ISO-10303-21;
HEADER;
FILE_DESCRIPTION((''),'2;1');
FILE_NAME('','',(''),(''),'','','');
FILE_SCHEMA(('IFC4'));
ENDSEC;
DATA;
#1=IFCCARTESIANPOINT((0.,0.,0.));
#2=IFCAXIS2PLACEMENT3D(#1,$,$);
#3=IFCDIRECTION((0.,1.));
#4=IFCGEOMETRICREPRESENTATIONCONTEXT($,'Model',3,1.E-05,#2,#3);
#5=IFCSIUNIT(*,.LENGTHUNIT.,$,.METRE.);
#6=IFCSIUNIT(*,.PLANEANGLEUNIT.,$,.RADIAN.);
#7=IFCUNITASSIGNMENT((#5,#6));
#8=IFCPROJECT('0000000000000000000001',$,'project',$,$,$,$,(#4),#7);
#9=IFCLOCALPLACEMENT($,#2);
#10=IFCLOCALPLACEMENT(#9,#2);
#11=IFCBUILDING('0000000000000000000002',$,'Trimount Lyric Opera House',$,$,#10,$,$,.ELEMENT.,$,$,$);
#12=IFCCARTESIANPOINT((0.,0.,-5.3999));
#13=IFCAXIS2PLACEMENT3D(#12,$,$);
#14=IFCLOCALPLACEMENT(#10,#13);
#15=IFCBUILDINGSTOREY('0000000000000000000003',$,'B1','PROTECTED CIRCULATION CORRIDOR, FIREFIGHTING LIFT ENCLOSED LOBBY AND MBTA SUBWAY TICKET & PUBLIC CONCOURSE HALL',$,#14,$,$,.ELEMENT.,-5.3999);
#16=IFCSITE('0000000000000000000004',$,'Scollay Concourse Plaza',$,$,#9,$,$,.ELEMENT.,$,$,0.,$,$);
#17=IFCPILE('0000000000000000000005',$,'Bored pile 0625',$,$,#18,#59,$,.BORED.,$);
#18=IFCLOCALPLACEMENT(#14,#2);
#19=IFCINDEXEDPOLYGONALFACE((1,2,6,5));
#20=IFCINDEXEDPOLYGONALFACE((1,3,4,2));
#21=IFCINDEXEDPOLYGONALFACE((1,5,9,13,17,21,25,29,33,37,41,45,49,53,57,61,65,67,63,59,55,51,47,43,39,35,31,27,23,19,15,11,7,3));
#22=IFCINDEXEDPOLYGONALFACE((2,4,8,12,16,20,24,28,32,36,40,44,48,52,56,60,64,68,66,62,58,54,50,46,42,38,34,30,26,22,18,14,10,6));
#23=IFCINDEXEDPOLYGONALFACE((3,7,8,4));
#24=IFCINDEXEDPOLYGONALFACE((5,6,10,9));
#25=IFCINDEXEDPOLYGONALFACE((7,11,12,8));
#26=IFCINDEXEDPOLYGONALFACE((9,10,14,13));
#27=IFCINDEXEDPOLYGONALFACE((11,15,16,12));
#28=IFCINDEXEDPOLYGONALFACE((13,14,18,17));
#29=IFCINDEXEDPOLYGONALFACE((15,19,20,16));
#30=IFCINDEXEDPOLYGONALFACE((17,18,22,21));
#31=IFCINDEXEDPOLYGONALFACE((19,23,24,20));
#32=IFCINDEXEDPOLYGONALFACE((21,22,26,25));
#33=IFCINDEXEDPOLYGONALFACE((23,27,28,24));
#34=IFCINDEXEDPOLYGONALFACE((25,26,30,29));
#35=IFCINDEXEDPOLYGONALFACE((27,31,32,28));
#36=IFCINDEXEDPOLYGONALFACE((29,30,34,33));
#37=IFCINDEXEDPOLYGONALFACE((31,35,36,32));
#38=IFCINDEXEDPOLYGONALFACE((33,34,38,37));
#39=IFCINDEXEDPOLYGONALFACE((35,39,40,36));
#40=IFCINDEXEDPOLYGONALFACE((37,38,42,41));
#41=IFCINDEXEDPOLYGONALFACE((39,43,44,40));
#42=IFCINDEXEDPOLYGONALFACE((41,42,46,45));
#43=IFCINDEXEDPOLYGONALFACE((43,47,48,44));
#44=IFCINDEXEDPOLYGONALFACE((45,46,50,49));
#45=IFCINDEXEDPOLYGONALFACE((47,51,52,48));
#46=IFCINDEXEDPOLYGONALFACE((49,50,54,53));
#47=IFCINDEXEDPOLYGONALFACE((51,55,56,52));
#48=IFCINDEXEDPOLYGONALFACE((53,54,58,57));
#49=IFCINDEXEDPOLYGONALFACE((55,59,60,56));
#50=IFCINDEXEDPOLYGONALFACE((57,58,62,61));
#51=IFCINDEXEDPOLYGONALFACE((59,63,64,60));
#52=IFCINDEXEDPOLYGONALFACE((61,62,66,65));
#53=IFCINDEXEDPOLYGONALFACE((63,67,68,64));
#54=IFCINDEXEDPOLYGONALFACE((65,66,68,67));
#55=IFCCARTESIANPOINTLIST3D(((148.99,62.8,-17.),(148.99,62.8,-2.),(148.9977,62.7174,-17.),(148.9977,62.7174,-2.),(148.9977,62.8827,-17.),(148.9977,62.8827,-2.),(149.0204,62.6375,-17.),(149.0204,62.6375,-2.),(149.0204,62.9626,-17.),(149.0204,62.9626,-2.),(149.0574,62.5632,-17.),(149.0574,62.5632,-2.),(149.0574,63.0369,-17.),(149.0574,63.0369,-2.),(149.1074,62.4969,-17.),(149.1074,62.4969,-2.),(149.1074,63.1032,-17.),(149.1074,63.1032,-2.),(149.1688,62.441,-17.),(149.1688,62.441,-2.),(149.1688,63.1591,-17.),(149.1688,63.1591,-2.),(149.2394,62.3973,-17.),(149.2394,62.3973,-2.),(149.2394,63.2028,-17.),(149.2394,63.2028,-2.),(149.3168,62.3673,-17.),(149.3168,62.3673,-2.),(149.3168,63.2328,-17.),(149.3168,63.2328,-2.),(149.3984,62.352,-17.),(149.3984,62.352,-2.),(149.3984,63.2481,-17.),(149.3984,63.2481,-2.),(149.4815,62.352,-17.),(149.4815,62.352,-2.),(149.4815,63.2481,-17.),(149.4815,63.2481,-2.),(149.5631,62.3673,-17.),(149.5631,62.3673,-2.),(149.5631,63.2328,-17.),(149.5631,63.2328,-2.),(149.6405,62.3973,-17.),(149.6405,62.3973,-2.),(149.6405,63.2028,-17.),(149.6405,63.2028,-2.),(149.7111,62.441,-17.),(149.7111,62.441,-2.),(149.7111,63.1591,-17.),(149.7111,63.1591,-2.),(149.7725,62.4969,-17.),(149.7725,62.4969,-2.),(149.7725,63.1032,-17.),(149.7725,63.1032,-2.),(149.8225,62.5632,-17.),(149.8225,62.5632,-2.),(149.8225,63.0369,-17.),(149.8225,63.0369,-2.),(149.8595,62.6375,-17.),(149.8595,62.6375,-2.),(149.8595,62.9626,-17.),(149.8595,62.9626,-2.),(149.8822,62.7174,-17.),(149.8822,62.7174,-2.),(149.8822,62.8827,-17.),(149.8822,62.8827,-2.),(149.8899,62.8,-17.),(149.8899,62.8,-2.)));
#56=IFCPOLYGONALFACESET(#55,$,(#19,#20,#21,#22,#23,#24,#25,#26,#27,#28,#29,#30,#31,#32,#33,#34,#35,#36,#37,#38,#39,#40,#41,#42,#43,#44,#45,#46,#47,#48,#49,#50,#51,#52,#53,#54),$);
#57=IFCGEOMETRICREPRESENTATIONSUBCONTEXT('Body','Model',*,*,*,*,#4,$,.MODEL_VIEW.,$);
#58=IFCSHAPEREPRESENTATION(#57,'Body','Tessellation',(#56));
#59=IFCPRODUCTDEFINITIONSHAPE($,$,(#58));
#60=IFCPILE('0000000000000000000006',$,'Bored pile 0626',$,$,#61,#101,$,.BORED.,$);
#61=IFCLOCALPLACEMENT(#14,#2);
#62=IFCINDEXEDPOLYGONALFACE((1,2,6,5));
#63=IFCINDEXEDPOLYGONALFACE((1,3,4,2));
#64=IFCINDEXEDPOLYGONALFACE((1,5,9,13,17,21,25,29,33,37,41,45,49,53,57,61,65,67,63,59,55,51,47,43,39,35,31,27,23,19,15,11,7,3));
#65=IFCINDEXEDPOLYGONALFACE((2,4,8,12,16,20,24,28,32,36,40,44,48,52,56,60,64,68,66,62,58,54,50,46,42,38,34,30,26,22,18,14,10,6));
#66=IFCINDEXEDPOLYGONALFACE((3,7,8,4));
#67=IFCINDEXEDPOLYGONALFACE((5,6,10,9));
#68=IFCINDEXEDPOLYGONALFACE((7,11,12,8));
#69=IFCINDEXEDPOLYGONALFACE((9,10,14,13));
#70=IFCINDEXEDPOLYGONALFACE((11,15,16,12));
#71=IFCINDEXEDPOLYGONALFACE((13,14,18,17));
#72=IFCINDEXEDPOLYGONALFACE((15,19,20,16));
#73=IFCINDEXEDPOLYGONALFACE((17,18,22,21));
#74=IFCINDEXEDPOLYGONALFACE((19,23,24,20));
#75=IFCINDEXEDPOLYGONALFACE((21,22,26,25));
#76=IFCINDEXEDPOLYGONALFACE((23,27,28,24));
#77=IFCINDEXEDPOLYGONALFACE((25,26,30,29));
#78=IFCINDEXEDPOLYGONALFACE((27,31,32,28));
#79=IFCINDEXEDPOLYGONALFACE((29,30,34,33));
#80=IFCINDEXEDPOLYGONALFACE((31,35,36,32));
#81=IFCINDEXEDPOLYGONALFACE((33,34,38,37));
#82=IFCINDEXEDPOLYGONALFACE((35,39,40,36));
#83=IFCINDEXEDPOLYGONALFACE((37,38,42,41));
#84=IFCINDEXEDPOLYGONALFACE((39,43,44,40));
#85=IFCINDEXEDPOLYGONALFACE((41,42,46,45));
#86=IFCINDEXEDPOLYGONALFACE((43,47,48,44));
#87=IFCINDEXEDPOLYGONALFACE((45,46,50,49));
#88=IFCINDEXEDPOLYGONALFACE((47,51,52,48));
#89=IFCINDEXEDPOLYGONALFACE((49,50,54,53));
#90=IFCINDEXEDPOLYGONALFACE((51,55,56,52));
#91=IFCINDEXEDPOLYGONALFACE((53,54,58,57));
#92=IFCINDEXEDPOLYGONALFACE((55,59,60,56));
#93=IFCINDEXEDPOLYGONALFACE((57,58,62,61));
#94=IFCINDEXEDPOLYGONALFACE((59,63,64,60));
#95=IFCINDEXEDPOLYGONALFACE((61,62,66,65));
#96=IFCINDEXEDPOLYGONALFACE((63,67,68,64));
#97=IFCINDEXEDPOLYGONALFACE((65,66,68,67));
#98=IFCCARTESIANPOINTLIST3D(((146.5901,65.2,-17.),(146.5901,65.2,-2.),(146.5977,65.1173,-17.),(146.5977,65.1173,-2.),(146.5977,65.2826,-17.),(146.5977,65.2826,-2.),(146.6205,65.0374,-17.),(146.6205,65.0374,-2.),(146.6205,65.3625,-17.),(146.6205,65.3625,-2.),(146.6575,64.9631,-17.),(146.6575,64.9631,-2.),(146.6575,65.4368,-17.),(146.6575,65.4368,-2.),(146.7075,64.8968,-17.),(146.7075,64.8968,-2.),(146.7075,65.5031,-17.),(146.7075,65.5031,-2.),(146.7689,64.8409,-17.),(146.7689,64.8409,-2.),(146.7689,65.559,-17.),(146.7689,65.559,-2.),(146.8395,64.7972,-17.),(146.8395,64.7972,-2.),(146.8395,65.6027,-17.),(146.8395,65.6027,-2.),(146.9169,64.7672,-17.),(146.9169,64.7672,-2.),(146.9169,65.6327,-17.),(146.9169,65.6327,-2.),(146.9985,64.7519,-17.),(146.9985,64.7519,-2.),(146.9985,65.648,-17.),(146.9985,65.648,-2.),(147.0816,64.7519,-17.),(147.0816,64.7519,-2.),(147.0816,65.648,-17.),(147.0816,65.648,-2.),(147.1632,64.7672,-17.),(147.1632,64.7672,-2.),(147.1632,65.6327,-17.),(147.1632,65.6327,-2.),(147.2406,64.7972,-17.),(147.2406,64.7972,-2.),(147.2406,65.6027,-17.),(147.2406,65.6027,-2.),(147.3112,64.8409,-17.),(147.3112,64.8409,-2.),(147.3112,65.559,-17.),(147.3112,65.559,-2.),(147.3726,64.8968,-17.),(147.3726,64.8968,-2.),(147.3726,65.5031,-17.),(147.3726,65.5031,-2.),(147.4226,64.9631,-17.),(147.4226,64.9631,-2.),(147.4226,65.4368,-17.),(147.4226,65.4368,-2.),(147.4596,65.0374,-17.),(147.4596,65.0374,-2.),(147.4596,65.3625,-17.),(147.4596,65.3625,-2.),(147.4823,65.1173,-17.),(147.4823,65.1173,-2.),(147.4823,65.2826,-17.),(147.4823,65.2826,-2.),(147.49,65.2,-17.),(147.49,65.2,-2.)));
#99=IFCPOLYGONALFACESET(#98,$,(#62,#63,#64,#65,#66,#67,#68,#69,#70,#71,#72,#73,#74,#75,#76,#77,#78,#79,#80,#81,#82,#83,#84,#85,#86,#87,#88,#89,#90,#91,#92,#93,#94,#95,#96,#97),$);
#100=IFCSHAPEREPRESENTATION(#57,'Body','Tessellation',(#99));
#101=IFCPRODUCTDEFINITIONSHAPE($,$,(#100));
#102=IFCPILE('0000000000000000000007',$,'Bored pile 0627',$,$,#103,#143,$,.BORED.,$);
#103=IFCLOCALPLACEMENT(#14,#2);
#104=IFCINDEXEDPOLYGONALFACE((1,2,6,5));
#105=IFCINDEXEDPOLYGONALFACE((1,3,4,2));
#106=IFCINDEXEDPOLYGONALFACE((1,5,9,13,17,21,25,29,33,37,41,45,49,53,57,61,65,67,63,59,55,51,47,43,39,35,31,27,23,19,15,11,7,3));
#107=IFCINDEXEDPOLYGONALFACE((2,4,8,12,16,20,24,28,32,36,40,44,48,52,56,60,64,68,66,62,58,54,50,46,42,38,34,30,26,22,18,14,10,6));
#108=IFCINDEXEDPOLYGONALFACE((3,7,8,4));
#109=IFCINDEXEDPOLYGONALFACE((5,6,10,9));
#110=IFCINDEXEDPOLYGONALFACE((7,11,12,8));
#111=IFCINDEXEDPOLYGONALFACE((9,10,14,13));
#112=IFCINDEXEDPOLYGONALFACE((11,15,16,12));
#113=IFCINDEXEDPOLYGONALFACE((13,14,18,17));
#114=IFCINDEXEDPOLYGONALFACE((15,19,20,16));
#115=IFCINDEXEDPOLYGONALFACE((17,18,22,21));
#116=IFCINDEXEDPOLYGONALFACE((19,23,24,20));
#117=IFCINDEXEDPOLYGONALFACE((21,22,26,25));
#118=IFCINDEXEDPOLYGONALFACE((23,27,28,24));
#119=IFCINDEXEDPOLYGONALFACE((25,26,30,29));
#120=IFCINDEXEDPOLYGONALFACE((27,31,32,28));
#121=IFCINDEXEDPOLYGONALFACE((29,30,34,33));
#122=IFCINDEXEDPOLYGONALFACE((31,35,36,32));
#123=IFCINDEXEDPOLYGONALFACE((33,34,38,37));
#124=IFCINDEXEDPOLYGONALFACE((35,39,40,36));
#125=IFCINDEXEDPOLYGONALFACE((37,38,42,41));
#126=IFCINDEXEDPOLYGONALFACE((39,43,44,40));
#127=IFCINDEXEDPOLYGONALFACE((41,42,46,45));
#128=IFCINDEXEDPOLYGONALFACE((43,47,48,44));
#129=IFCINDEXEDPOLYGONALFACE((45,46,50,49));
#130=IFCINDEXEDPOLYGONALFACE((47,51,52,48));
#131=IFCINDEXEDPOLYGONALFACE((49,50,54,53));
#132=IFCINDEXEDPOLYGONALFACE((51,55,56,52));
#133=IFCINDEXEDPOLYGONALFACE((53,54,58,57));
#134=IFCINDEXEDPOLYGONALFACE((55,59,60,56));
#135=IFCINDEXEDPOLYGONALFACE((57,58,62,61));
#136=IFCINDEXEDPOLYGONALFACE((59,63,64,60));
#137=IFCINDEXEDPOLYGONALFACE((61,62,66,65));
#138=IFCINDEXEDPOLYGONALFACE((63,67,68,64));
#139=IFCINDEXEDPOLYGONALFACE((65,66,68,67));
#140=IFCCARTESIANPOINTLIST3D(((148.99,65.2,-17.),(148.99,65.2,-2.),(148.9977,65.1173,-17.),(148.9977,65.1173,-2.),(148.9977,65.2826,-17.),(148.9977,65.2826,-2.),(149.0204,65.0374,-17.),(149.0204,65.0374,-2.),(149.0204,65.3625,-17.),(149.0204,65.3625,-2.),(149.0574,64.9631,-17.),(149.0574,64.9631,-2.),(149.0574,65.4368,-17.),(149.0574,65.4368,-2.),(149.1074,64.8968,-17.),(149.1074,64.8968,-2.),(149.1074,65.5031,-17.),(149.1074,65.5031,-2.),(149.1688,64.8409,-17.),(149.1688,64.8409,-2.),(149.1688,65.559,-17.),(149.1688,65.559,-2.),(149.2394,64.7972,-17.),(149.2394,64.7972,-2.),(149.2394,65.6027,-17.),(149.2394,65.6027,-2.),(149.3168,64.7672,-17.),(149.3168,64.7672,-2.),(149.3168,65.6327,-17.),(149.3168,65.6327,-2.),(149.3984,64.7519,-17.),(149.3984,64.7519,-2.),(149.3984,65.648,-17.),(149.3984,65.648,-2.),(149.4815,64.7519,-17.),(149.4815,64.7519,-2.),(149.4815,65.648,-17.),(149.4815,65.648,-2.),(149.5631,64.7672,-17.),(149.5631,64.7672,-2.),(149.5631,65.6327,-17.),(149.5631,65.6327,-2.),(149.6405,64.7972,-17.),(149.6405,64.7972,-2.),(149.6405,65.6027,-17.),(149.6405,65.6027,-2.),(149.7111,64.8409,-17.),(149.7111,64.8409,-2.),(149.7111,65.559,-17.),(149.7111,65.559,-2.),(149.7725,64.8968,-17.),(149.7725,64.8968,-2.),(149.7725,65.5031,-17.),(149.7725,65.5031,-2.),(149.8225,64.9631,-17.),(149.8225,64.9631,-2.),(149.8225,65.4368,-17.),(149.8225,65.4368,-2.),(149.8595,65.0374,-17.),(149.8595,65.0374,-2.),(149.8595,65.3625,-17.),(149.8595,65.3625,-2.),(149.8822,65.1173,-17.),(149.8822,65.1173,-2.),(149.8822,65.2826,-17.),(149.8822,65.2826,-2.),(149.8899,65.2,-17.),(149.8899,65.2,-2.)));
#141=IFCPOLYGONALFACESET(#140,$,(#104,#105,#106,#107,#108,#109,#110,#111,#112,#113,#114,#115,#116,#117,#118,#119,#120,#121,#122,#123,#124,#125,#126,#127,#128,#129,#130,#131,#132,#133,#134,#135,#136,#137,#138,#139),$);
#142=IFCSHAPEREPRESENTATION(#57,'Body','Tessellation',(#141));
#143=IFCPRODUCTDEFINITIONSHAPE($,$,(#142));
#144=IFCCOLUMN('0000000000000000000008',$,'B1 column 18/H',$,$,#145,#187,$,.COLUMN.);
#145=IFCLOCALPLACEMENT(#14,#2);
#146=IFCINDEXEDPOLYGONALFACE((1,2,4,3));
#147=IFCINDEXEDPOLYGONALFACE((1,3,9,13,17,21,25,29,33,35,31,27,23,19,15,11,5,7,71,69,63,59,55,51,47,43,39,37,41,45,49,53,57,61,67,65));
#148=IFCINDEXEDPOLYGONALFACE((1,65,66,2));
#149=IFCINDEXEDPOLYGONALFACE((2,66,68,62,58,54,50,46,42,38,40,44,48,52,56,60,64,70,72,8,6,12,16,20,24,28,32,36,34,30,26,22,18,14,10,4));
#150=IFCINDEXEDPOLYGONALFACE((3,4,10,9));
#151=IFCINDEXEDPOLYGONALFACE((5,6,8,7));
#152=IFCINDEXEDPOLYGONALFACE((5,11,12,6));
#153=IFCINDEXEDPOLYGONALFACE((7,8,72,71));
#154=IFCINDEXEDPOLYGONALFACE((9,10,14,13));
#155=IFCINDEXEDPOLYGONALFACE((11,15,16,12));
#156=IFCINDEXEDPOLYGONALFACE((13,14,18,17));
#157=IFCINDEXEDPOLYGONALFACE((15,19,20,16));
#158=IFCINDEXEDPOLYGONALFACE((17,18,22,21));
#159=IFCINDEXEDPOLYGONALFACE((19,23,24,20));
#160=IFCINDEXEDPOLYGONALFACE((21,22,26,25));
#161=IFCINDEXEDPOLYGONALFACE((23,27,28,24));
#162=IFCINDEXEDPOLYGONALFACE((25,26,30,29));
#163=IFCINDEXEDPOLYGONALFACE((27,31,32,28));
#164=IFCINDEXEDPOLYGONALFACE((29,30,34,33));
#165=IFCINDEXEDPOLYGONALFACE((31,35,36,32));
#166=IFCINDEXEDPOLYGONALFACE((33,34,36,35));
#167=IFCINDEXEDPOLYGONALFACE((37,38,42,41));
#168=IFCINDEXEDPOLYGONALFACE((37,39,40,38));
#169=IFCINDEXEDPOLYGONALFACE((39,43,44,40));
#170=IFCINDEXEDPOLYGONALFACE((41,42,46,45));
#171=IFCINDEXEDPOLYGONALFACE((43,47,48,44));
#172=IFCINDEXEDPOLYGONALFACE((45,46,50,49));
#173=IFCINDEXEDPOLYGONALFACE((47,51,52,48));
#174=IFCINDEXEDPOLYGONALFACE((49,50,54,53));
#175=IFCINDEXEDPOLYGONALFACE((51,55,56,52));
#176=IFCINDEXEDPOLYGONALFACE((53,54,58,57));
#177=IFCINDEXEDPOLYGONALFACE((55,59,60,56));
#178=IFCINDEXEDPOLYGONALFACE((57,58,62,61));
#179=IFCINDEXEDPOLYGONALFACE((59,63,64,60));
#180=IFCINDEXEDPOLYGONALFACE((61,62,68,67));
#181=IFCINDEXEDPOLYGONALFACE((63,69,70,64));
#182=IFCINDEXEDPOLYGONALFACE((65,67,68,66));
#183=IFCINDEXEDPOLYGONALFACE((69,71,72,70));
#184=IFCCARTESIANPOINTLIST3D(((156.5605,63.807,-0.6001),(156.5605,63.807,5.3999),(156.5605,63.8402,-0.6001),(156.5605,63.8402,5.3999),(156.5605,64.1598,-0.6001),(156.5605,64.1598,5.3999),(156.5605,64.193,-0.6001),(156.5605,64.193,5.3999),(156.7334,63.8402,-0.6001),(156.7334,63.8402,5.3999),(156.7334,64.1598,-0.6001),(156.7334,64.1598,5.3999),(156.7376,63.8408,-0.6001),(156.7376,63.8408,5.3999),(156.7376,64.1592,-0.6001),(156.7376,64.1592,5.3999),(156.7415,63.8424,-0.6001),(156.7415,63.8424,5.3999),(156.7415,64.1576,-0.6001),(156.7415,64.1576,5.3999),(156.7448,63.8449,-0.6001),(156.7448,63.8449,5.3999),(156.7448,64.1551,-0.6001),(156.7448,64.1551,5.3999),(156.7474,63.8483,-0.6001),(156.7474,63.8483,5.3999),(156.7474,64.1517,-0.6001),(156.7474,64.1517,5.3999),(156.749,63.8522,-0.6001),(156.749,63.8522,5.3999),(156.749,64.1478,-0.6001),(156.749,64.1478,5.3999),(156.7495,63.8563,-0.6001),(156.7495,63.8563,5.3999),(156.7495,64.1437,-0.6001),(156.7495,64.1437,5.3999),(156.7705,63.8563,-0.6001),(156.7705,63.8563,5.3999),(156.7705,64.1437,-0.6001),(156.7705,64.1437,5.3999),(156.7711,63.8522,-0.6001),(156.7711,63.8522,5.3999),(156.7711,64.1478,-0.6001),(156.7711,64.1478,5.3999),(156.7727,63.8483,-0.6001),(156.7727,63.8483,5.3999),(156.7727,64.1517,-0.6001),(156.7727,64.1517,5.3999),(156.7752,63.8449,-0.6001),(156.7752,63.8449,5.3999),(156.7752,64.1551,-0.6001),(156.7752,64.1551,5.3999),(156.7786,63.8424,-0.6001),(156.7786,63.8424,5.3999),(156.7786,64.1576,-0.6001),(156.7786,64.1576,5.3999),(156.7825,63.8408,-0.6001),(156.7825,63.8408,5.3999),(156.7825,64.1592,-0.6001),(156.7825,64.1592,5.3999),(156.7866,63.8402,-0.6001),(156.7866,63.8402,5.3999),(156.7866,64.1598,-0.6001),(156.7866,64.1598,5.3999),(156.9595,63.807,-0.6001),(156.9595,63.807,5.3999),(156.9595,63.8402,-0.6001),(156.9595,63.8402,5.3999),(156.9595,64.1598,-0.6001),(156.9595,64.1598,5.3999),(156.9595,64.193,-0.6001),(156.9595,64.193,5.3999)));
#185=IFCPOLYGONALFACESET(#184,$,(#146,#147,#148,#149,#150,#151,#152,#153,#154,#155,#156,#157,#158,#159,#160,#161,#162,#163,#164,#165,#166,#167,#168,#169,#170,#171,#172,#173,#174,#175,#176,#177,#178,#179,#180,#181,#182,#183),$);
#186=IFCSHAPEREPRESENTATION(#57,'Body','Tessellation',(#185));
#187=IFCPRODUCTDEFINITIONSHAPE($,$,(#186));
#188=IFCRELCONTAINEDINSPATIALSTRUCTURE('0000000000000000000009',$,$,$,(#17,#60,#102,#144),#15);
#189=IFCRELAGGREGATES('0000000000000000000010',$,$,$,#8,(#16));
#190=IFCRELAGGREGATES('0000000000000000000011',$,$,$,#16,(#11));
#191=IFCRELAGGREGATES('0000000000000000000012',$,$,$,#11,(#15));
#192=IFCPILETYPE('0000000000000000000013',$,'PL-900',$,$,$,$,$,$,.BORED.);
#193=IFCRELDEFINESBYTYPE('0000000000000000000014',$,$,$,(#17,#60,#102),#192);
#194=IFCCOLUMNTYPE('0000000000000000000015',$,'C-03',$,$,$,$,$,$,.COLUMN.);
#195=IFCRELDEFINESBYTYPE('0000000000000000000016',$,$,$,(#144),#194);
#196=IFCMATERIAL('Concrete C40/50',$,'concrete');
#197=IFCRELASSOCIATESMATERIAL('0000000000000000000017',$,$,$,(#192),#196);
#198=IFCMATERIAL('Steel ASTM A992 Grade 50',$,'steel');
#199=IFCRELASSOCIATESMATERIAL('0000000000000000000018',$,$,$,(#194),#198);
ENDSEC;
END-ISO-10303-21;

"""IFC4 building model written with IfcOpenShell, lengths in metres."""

from ifc_helpers import new_model, si_unit, direction, frame, origin, origin_2d, place, context, subcontext, project, spatial, circle, i_section, extrude, material, material_profile, profile_set, type_object, element, save


model = new_model("IFC4")

# Units and contexts
model_context = context("Model", 3, precision=1e-05, world=origin(), true_north=direction((0.0, 1.0)))
body_context = subcontext(model_context, "Body", "Model", "MODEL_VIEW")
ifc_project = project(units=[si_unit("LENGTHUNIT", "METRE"), si_unit("PLANEANGLEUNIT", "RADIAN")], contexts=[model_context])

# Site, building, storey
site_placement = place(None, origin())
site = spatial("IfcSite", under=ifc_project, at=site_placement, Name="Scollay Concourse Plaza", CompositionType="ELEMENT", RefElevation=0.0)
building_placement = place(site_placement, origin())
building = spatial("IfcBuilding", under=site, at=building_placement, Name="Trimount Lyric Opera House", CompositionType="ELEMENT")
storey_placement = place(building_placement, frame((0.0, 0.0, -5.3999)))
storey = spatial("IfcBuildingStorey", under=building, at=storey_placement, Name="B1", Description="PROTECTED CIRCULATION CORRIDOR, FIREFIGHTING LIFT ENCLOSED LOBBY AND MBTA SUBWAY TICKET & PUBLIC CONCOURSE HALL", CompositionType="ELEMENT", Elevation=-5.3999)

# Piles
ifc_material_1 = material(Name="Concrete C40/50", Category="concrete")
ifc_material_profile_1 = material_profile(ifc_material_1, circle(Radius=0.45, at=origin_2d()), Name="PILE-D900")
ifc_profile_set_1 = profile_set([ifc_material_profile_1], Name="Concrete C40/50")
pile_type_1 = type_object("IfcPileType", Name="PL-900", PredefinedType="BORED", material=ifc_profile_set_1)
for number, where, z_axis, x_axis, name in (
    (1, (149.4399, 62.8, -2.0), (0.0, 0.0, -1.0), (1.0, 0.0, 0.0), "Bored pile 0625"),
    (2, (147.04, 65.2, -2.0), (0.0, 0.0, -1.0), (1.0, 0.0, 0.0), "Bored pile 0626"),
    (3, (149.4399, 65.2, -2.0), (0.0, 0.0, -1.0), (1.0, 0.0, 0.0), "Bored pile 0627"),
):
    element("IfcPile", number, at=place(storey_placement, frame(where, z_axis=z_axis, x_axis=x_axis)), inside=storey, type_object=pile_type_1, Name=name, PredefinedType="BORED", context=body_context, shape_type="SweptSolid", body=[
        extrude(circle(Radius=0.45, at=origin_2d()), origin(), (0.0, 0.0, 1.0), 15.0),
    ])

# Column
ifc_material_2 = material(Name="Steel ASTM A992 Grade 50", Category="steel")
ifc_material_profile_2 = material_profile(ifc_material_2, i_section(OverallWidth=0.3989, OverallDepth=0.386, WebThickness=0.021, FlangeThickness=0.0332, FilletRadius=0.0161, at=origin_2d()), Name="W14X176")
ifc_profile_set_2 = profile_set([ifc_material_profile_2], Name="Steel ASTM A992 Grade 50")
column_type_1 = type_object("IfcColumnType", Name="C-03", PredefinedType="COLUMN", material=ifc_profile_set_2)
column_1_placement = place(storey_placement, frame((156.76, 64.0, -0.6001), z_axis=(0.0, 0.0, 1.0), x_axis=(1.0, 0.0, 0.0)))
element("IfcColumn", 4, at=column_1_placement, inside=storey, type_object=column_type_1, Name="B1 column 18/H", PredefinedType="COLUMN", context=body_context, shape_type="SweptSolid", body=[
    extrude(i_section(OverallWidth=0.3989, OverallDepth=0.386, WebThickness=0.021, FlangeThickness=0.0332, FilletRadius=0.0161, at=origin_2d()), origin(), (0.0, 0.0, 1.0), 6.0),
])

save(model, "model.ifc")
